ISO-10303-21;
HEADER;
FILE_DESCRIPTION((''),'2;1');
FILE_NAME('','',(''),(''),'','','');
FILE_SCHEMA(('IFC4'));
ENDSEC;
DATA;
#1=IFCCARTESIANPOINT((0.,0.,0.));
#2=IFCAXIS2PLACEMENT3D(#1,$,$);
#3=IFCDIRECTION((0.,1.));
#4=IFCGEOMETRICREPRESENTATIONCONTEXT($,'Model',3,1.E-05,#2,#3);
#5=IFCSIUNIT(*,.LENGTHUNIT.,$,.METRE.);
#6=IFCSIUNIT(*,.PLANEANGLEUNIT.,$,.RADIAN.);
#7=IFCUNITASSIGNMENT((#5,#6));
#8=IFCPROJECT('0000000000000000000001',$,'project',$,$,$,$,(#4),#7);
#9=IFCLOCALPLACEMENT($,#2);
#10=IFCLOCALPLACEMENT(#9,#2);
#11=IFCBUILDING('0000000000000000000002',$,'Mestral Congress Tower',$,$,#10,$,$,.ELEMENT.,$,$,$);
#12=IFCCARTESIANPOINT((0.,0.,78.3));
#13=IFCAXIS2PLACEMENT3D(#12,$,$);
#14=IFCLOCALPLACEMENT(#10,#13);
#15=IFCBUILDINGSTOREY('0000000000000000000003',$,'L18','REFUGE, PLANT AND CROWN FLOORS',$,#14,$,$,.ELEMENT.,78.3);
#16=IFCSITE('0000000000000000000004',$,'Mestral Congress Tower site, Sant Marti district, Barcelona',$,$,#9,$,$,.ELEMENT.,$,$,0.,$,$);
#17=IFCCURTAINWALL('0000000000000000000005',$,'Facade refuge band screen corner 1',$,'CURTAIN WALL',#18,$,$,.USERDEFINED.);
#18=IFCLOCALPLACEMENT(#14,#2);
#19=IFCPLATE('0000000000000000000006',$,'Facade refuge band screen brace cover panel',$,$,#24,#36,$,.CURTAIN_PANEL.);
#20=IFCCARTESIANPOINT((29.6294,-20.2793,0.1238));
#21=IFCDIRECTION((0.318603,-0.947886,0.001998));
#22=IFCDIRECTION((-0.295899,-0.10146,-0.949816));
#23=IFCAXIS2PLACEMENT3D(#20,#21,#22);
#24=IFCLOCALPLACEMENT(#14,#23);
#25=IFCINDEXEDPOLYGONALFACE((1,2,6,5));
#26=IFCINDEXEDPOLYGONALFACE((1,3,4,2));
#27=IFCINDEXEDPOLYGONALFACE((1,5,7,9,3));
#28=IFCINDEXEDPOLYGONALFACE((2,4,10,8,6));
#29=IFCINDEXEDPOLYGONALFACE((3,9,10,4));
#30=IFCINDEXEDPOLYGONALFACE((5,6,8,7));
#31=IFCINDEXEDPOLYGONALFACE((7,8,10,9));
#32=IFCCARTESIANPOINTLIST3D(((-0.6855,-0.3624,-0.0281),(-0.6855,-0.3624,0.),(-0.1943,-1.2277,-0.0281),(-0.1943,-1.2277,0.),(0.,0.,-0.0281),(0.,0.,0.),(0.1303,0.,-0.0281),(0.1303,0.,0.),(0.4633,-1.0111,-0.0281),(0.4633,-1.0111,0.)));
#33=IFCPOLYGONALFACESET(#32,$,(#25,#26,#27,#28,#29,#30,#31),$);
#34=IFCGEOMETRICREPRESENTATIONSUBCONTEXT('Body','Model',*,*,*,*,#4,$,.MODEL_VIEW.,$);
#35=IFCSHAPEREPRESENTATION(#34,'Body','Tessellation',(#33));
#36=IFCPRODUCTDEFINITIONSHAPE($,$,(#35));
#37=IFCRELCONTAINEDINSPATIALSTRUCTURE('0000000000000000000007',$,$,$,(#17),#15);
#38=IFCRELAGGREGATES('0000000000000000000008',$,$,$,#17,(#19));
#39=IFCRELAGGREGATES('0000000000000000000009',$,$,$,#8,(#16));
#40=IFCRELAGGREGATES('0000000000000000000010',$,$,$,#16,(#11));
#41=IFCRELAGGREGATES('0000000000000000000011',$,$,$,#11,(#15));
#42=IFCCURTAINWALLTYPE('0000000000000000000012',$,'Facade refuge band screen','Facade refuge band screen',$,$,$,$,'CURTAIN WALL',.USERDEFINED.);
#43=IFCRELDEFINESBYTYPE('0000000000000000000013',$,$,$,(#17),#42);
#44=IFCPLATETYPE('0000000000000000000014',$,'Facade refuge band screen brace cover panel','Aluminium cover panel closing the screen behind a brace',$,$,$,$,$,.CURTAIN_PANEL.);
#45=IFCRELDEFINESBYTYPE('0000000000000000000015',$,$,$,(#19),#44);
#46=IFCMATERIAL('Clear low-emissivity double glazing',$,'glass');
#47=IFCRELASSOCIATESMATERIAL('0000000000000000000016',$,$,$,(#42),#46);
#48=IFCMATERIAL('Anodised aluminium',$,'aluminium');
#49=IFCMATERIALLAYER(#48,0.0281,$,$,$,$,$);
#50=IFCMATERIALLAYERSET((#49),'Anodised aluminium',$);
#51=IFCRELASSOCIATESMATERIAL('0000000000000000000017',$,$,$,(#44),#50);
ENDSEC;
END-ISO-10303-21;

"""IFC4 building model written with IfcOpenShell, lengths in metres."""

from ifc_helpers import new_model, si_unit, direction, frame, origin, place, context, subcontext, project, spatial, polyline, outline, extrude, material, layer, layer_set, type_object, element, aggregate, save


model = new_model("IFC4")

# Units and contexts
model_context = context("Model", 3, precision=1e-05, world=origin(), true_north=direction((0.0, 1.0)))
body_context = subcontext(model_context, "Body", "Model", "MODEL_VIEW")
ifc_project = project(units=[si_unit("LENGTHUNIT", "METRE"), si_unit("PLANEANGLEUNIT", "RADIAN")], contexts=[model_context])

# Site, building, storey
site_placement = place(None, origin())
site = spatial("IfcSite", under=ifc_project, at=site_placement, Name="Mestral Congress Tower site, Sant Marti district, Barcelona", CompositionType="ELEMENT", RefElevation=0.0)
building_placement = place(site_placement, origin())
building = spatial("IfcBuilding", under=site, at=building_placement, Name="Mestral Congress Tower", CompositionType="ELEMENT")
storey_placement = place(building_placement, frame((0.0, 0.0, 78.3)))
storey = spatial("IfcBuildingStorey", under=building, at=storey_placement, Name="L18", Description="REFUGE, PLANT AND CROWN FLOORS", CompositionType="ELEMENT", Elevation=78.3)

# Curtain wall
ifc_material_1 = material(Name="Clear low-emissivity double glazing", Category="glass")
curtain_wall_type = type_object("IfcCurtainWallType", Name="Facade refuge band screen", Description="Facade refuge band screen", ElementType="CURTAIN WALL", PredefinedType="USERDEFINED", material=ifc_material_1)
curtain_wall_placement = place(storey_placement, origin())
curtain_wall = element("IfcCurtainWall", 1, at=curtain_wall_placement, inside=storey, type_object=curtain_wall_type, Name="Facade refuge band screen corner 1", ObjectType="CURTAIN WALL", PredefinedType="USERDEFINED")
ifc_material_2 = material(Name="Anodised aluminium", Category="aluminium")

# Plate
ifc_layer_1 = layer(ifc_material_2, 0.0281)
ifc_layer_set_1 = layer_set([ifc_layer_1], Name="Anodised aluminium")
plate_type = type_object("IfcPlateType", Name="Facade refuge band screen brace cover panel", Description="Aluminium cover panel closing the screen behind a brace", PredefinedType="CURTAIN_PANEL", material=ifc_layer_set_1)
plate_1_placement = place(storey_placement, frame((29.6294, -20.2793, 0.1238), z_axis=(0.318603, -0.947886, 0.001998), x_axis=(-0.295899, -0.10146, -0.949816)))
plate_1 = element("IfcPlate", 2, at=plate_1_placement, type_object=plate_type, Name="Facade refuge band screen brace cover panel", PredefinedType="CURTAIN_PANEL", context=body_context, shape_type="SweptSolid", body=[
    extrude(outline(polyline([(0.0, 0.0), (0.1303, 0.0), (0.4633, -1.0111), (-0.1943, -1.2277), (-0.6855, -0.3624), (0.0, 0.0)])), origin(), (0.0, 0.0, -1.0), 0.0281),
])

aggregate(curtain_wall, [plate_1])

save(model, "model.ifc")
